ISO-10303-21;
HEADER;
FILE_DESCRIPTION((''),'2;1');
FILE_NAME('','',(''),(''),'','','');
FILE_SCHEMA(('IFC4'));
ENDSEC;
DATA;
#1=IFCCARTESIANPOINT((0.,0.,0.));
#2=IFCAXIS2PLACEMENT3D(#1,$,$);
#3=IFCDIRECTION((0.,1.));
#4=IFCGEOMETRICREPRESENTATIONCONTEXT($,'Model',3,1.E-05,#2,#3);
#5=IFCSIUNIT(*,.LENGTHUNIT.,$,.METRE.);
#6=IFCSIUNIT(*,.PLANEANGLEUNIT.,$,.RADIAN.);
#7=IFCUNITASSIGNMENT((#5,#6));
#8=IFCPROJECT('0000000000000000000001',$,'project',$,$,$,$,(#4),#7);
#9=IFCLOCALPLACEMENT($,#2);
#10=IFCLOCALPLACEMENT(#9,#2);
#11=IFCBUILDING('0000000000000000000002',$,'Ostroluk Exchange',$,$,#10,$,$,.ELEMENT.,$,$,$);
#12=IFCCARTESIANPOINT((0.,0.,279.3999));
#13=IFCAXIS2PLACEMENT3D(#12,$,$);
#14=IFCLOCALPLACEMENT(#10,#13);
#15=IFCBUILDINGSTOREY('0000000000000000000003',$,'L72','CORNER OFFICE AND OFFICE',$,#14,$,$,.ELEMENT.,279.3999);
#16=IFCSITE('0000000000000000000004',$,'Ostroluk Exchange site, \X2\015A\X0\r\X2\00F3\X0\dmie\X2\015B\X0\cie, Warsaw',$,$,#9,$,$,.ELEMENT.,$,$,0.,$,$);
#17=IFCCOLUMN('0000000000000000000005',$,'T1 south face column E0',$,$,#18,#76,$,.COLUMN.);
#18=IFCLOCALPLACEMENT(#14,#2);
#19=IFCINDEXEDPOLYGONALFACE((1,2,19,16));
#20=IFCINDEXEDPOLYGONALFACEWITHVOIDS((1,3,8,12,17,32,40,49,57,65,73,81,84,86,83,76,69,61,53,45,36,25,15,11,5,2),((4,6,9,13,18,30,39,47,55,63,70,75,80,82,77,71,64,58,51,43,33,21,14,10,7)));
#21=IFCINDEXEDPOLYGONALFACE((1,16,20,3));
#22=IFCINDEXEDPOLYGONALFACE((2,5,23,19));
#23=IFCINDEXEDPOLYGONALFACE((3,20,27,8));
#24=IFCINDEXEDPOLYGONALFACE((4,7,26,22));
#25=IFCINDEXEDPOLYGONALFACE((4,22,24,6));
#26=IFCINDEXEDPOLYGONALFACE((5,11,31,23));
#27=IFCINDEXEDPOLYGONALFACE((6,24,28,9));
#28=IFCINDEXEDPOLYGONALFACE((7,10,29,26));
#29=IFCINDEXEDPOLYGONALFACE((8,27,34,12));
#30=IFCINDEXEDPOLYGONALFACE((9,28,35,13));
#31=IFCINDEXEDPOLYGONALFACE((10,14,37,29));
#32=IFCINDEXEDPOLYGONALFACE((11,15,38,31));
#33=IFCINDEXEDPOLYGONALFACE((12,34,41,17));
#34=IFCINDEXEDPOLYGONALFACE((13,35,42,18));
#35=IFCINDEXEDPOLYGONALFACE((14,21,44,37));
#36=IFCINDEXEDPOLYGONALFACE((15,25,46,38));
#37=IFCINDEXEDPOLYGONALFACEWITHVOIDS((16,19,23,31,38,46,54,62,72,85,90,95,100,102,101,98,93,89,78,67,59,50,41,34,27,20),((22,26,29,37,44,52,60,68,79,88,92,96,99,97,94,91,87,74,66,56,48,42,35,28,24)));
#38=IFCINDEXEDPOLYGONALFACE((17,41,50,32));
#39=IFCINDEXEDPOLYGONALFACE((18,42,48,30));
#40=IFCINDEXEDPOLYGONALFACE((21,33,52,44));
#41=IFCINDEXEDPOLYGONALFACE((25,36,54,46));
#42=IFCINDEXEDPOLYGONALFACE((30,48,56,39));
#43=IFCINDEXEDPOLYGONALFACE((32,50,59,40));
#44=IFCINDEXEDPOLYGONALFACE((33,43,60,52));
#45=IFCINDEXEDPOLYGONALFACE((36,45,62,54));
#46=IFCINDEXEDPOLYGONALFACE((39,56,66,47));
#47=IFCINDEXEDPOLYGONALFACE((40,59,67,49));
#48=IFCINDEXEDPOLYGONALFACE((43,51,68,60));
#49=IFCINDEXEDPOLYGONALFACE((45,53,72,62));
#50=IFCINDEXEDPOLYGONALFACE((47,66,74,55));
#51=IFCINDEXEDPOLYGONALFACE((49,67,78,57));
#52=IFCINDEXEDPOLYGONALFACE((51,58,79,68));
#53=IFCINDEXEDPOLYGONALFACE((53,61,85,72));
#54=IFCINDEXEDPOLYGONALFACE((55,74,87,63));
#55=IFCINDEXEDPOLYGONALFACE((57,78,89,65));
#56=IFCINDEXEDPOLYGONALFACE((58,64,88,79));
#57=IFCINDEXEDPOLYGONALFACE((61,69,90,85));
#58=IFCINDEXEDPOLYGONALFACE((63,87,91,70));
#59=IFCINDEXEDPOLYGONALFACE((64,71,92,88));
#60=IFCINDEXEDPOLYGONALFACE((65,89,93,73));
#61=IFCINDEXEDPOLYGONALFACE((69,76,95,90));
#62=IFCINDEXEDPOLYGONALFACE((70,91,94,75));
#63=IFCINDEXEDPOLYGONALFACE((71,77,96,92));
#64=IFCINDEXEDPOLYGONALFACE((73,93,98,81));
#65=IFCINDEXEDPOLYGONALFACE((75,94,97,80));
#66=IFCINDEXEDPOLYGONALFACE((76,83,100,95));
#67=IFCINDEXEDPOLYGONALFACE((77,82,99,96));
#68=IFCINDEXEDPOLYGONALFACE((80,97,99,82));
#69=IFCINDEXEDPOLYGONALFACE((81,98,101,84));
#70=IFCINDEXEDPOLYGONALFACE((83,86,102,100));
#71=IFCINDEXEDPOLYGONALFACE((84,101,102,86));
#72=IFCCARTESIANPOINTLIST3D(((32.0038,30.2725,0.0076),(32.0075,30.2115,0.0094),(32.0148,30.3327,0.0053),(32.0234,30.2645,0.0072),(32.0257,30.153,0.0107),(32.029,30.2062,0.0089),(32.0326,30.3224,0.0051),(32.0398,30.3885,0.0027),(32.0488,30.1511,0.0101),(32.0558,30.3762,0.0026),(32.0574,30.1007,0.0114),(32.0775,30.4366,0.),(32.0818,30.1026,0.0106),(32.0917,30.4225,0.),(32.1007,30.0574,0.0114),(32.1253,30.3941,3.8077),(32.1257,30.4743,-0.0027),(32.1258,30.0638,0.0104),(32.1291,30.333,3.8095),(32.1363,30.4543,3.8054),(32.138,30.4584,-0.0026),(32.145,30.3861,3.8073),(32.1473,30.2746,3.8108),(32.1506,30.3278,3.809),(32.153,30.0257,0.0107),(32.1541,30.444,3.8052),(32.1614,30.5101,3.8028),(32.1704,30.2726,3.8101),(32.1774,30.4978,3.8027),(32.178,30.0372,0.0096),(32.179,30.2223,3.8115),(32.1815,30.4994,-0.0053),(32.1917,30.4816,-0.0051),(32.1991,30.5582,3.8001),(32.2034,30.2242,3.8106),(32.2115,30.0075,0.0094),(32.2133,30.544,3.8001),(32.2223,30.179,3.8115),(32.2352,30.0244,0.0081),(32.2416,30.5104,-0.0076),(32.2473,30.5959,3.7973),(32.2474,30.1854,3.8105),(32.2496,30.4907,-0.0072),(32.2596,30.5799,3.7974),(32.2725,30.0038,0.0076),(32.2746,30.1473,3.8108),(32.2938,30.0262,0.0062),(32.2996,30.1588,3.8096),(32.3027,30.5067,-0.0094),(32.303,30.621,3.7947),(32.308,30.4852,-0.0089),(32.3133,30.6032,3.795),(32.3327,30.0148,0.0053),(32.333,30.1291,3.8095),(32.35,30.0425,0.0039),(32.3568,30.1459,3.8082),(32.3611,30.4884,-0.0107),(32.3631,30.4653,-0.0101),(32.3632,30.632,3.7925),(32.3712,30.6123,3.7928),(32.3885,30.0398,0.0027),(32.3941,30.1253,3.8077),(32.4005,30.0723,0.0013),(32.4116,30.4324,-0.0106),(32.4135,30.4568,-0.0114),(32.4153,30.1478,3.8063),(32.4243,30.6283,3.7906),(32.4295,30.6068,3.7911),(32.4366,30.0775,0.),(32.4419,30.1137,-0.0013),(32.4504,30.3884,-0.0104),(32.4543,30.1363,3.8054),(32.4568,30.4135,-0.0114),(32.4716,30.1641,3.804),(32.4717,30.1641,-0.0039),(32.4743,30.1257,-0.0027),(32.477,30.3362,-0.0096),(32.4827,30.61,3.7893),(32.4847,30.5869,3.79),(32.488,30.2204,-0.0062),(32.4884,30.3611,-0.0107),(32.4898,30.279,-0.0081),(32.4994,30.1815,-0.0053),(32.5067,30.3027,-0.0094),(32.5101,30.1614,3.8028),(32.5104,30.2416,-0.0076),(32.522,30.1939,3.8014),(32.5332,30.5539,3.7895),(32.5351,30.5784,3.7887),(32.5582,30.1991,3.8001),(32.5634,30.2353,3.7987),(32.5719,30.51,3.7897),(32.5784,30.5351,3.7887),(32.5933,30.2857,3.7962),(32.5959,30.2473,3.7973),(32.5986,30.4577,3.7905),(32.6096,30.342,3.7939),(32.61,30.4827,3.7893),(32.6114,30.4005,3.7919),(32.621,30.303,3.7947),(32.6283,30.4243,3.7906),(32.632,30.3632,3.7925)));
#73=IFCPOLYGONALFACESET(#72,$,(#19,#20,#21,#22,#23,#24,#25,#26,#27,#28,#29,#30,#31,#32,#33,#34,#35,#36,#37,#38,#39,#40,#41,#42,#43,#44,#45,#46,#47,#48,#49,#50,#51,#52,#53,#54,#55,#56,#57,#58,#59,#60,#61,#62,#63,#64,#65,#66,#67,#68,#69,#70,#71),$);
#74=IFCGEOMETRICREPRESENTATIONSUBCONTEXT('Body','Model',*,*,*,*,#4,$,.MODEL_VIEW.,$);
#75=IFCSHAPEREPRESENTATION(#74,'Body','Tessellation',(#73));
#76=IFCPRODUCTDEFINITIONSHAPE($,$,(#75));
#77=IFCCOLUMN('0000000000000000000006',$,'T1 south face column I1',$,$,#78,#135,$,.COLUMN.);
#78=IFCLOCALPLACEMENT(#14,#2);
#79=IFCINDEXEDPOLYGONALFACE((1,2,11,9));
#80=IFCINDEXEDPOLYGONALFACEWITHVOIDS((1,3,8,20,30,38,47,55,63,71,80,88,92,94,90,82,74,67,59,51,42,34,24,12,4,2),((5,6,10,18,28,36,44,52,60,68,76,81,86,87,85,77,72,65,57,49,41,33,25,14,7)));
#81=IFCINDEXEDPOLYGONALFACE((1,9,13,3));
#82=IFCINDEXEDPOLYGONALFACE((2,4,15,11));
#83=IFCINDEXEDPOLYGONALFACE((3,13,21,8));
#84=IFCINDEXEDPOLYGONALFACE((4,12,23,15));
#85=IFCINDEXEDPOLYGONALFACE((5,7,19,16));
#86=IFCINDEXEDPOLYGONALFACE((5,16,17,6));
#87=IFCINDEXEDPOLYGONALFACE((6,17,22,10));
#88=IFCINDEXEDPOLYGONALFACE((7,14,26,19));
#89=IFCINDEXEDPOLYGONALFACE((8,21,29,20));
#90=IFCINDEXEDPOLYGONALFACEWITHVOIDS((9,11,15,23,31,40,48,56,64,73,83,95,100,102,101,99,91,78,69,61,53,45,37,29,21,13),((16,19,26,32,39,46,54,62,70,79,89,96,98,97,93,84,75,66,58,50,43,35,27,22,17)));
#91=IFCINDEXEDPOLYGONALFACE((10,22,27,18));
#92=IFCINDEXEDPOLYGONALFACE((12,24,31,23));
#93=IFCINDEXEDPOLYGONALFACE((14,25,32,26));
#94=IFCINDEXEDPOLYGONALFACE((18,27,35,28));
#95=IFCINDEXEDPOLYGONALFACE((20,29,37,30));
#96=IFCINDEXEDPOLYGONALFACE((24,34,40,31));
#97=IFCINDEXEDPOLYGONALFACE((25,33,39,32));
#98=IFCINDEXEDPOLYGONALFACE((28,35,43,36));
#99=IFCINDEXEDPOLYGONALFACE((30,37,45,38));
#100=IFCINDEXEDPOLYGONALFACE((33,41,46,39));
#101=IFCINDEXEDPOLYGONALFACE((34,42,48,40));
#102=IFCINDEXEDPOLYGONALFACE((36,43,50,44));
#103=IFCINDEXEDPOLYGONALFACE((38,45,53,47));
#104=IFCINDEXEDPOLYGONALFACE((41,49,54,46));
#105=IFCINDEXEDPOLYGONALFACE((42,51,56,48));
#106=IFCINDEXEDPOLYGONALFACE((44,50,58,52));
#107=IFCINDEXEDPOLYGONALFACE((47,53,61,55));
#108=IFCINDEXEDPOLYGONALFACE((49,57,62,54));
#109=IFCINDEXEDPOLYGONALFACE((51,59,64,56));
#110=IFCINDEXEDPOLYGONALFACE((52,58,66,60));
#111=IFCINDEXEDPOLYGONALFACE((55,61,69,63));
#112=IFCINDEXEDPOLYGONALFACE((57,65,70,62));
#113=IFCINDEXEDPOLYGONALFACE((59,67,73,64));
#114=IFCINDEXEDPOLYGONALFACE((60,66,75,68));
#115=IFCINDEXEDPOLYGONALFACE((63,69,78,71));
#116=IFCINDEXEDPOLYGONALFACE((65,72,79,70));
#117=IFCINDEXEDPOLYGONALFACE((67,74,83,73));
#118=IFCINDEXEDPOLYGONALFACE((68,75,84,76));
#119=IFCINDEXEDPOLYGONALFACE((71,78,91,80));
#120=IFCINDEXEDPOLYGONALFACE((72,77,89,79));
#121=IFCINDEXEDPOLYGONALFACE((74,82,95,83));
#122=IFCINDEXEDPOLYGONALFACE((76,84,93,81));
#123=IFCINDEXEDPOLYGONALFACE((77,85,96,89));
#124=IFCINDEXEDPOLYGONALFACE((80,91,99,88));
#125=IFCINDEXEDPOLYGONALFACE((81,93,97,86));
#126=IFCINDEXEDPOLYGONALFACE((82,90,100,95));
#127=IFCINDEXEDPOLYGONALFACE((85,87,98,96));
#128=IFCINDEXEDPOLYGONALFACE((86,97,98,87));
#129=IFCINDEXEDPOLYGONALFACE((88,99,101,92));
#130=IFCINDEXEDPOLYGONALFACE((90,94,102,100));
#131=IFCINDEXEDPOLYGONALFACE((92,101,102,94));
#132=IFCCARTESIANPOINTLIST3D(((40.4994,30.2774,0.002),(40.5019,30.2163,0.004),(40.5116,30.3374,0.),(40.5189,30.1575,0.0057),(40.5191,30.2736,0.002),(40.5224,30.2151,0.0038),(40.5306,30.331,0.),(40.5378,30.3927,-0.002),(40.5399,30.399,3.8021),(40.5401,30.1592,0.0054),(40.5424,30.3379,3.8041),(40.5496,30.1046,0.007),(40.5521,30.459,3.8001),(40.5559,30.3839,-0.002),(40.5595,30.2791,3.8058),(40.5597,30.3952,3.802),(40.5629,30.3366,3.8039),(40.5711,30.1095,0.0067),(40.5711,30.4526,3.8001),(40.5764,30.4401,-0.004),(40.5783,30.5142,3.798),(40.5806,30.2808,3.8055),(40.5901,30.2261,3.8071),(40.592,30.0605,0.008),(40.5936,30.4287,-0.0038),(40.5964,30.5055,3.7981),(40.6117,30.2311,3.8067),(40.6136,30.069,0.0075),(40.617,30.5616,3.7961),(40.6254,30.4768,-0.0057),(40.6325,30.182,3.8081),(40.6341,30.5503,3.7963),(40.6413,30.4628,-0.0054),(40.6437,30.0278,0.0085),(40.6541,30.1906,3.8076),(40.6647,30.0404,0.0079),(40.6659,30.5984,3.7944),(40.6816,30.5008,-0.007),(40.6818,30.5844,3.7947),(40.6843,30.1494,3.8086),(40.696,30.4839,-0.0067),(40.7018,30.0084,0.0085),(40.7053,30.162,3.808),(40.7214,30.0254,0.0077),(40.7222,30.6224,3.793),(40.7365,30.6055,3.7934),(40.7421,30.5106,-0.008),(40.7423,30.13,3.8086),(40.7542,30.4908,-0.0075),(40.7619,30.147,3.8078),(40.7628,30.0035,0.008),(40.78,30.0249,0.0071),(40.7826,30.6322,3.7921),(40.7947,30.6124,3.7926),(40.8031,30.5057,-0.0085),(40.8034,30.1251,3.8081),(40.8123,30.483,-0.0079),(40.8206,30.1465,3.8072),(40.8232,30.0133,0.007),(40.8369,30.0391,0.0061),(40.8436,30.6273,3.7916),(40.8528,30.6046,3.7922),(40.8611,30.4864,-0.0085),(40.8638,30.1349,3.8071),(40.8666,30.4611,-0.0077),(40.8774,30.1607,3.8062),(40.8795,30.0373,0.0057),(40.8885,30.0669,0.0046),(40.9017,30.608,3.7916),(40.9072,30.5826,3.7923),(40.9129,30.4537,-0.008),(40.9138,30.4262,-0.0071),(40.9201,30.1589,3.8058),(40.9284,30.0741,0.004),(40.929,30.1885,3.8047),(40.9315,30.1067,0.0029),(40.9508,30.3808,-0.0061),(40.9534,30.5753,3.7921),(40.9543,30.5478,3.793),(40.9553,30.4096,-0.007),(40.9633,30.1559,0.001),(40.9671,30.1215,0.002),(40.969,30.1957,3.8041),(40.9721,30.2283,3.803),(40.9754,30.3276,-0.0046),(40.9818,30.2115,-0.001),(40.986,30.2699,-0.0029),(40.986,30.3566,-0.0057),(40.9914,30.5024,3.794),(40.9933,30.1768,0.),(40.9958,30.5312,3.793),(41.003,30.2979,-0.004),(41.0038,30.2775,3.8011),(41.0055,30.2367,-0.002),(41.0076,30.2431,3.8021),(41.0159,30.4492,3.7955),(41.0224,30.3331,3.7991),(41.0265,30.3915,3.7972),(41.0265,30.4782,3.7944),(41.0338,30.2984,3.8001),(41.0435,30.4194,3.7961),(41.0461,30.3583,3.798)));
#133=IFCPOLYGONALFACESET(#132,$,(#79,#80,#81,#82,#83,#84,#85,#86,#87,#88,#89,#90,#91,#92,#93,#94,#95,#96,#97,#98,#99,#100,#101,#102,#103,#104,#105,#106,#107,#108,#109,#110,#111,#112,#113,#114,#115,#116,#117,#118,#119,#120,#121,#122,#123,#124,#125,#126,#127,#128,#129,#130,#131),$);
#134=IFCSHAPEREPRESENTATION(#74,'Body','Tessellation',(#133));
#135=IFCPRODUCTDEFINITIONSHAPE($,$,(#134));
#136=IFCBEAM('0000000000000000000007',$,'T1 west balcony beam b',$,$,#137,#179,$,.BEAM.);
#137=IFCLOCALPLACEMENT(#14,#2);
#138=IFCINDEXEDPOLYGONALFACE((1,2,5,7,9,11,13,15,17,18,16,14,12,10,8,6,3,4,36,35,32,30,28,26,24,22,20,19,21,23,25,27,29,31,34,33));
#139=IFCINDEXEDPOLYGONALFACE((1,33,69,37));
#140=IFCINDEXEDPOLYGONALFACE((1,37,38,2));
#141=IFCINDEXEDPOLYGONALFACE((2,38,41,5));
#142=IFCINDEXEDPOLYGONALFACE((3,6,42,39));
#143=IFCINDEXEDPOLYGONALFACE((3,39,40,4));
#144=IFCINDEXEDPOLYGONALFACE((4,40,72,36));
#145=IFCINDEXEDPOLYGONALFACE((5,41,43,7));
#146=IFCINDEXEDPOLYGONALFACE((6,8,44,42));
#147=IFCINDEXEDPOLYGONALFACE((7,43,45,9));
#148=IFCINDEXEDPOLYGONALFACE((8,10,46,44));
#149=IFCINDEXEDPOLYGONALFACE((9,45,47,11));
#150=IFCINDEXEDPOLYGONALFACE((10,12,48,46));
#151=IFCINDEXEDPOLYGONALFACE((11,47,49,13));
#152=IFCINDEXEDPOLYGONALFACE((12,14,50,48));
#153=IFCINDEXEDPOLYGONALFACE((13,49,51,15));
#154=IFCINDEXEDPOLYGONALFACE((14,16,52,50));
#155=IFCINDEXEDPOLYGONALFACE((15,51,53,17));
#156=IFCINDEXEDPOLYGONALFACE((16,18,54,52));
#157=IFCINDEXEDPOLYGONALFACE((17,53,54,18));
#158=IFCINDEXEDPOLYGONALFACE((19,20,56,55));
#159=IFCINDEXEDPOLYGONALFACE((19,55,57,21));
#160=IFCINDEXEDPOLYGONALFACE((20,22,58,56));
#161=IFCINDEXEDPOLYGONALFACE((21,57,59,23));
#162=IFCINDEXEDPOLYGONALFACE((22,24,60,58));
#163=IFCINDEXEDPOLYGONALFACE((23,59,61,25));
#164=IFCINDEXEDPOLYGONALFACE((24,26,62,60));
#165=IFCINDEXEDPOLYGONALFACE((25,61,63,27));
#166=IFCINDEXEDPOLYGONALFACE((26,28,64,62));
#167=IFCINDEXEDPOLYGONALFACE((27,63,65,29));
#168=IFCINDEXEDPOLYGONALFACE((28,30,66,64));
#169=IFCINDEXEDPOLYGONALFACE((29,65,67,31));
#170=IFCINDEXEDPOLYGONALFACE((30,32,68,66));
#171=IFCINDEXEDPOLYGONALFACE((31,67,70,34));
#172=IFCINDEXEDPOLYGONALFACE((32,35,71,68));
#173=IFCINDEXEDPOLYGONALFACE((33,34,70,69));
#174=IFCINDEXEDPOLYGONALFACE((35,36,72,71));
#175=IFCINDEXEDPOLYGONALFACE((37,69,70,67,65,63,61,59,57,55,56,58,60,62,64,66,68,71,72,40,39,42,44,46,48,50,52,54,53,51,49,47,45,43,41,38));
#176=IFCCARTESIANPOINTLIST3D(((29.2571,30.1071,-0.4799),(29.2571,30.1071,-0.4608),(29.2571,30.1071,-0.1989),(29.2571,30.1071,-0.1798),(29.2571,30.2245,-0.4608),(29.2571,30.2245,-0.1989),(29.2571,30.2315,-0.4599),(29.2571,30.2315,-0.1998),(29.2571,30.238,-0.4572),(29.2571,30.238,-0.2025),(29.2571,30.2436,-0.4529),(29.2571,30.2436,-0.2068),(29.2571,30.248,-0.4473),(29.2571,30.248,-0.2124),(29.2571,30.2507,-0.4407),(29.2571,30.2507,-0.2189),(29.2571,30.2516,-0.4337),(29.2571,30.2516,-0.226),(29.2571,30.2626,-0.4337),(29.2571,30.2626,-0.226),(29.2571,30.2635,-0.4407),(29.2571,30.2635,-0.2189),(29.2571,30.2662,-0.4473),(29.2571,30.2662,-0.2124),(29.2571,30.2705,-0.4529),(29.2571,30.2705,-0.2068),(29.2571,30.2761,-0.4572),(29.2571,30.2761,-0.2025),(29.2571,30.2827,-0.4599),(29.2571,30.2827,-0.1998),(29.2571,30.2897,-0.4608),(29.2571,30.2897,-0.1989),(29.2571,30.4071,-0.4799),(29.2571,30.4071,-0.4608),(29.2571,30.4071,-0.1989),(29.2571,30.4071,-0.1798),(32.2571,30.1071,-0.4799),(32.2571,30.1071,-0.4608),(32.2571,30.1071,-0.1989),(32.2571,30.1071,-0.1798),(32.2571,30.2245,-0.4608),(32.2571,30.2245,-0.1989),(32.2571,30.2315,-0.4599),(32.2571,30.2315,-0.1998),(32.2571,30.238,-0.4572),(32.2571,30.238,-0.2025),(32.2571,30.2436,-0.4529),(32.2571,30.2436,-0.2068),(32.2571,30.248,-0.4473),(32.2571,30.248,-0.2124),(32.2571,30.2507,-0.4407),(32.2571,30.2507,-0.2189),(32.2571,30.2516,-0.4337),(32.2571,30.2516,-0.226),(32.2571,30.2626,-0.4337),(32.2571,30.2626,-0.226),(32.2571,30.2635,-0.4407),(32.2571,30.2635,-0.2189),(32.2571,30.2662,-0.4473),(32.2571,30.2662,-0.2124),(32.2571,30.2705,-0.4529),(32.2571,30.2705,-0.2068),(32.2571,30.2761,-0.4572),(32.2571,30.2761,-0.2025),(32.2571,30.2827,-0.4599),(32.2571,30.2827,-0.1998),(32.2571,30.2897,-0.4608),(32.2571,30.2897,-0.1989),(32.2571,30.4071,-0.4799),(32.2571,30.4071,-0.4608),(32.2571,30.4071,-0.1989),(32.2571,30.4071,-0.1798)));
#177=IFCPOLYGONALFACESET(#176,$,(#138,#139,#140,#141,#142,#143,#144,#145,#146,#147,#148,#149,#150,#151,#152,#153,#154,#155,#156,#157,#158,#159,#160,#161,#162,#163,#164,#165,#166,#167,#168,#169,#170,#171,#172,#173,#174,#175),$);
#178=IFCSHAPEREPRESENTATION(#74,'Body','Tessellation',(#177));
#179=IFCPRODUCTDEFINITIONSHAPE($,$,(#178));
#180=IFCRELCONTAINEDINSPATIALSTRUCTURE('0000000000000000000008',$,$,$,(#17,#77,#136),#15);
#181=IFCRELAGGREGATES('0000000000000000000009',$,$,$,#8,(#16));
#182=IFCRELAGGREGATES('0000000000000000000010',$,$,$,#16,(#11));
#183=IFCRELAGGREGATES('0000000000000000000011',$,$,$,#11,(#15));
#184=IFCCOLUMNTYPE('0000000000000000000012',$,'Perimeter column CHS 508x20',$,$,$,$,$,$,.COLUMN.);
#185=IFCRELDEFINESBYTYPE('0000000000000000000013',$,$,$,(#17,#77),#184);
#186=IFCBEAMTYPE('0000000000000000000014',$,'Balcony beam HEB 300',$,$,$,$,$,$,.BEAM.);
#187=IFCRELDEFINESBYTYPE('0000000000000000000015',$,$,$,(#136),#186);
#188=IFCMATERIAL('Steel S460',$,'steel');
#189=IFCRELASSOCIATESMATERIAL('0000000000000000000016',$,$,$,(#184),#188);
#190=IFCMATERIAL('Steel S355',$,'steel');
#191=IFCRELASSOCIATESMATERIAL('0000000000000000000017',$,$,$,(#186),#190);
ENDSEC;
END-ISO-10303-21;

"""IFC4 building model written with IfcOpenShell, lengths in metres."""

from ifc_helpers import new_model, si_unit, direction, frame, origin, origin_2d, place, context, subcontext, project, spatial, hollow_circle, i_section, extrude, material, material_profile, profile_set, type_object, element, save


model = new_model("IFC4")

# Units and contexts
model_context = context("Model", 3, precision=1e-05, world=origin(), true_north=direction((0.0, 1.0)))
body_context = subcontext(model_context, "Body", "Model", "MODEL_VIEW")
ifc_project = project(units=[si_unit("LENGTHUNIT", "METRE"), si_unit("PLANEANGLEUNIT", "RADIAN")], contexts=[model_context])

# Site, building, storey
site_placement = place(None, origin())
site = spatial("IfcSite", under=ifc_project, at=site_placement, Name="Ostroluk Exchange site, Śródmieście, Warsaw", CompositionType="ELEMENT", RefElevation=0.0)
building_placement = place(site_placement, origin())
building = spatial("IfcBuilding", under=site, at=building_placement, Name="Ostroluk Exchange", CompositionType="ELEMENT")
storey_placement = place(building_placement, frame((0.0, 0.0, 279.3999)))
storey = spatial("IfcBuildingStorey", under=building, at=storey_placement, Name="L72", Description="CORNER OFFICE AND OFFICE", CompositionType="ELEMENT", Elevation=279.3999)

# Columns
ifc_material_1 = material(Name="Steel S460", Category="steel")
ifc_material_profile_1 = material_profile(ifc_material_1, hollow_circle(Radius=0.2539, WallThickness=0.02, at=origin_2d()), Name="CHS 508x20")
ifc_profile_set_1 = profile_set([ifc_material_profile_1], Name="Steel S460")
column_type = type_object("IfcColumnType", Name="Perimeter column CHS 508x20", PredefinedType="COLUMN", material=ifc_profile_set_1)
column_1_placement = place(storey_placement, frame((32.2571, 30.2571, 0.0), z_axis=(0.031962, 0.031962, 0.998978), x_axis=(-0.707107, 0.707107, 0.0)))
element("IfcColumn", 1, at=column_1_placement, inside=storey, type_object=column_type, Name="T1 south face column E0", PredefinedType="COLUMN", context=body_context, shape_type="SweptSolid", body=[
    extrude(hollow_circle(Radius=0.2539, WallThickness=0.02, at=origin_2d()), origin(), (0.0, 0.0, 1.0), 3.804),
])
column_2_placement = place(storey_placement, frame((40.7524, 30.2571, 0.0), z_axis=(0.010659, 0.031977, 0.999432), x_axis=(-0.948683, 0.316228, 0.0)))
element("IfcColumn", 2, at=column_2_placement, inside=storey, type_object=column_type, Name="T1 south face column I1", PredefinedType="COLUMN", context=body_context, shape_type="SweptSolid", body=[
    extrude(hollow_circle(Radius=0.2539, WallThickness=0.02, at=origin_2d()), origin(), (0.0, 0.0, 1.0), 3.8022),
])

# Beam
ifc_material_2 = material(Name="Steel S355", Category="steel")
ifc_material_profile_2 = material_profile(ifc_material_2, i_section(OverallWidth=0.3, OverallDepth=0.3, WebThickness=0.011, FlangeThickness=0.019, FilletRadius=0.0271, at=origin_2d()), Name="HEB 300")
ifc_profile_set_2 = profile_set([ifc_material_profile_2], Name="Steel S355")
beam_type_1 = type_object("IfcBeamType", Name="Balcony beam HEB 300", PredefinedType="BEAM", material=ifc_profile_set_2)
beam_1_placement = place(storey_placement, frame((32.2571, 30.2571, -0.3298), z_axis=(-1.0, 0.0, 0.0), x_axis=(0.0, -1.0, 0.0)))
element("IfcBeam", 3, at=beam_1_placement, inside=storey, type_object=beam_type_1, Name="T1 west balcony beam b", PredefinedType="BEAM", context=body_context, shape_type="SweptSolid", body=[
    extrude(i_section(OverallWidth=0.3, OverallDepth=0.3, WebThickness=0.011, FlangeThickness=0.019, FilletRadius=0.0271, at=origin_2d()), origin(), (0.0, 0.0, 1.0), 3.0),
])

save(model, "model.ifc")
